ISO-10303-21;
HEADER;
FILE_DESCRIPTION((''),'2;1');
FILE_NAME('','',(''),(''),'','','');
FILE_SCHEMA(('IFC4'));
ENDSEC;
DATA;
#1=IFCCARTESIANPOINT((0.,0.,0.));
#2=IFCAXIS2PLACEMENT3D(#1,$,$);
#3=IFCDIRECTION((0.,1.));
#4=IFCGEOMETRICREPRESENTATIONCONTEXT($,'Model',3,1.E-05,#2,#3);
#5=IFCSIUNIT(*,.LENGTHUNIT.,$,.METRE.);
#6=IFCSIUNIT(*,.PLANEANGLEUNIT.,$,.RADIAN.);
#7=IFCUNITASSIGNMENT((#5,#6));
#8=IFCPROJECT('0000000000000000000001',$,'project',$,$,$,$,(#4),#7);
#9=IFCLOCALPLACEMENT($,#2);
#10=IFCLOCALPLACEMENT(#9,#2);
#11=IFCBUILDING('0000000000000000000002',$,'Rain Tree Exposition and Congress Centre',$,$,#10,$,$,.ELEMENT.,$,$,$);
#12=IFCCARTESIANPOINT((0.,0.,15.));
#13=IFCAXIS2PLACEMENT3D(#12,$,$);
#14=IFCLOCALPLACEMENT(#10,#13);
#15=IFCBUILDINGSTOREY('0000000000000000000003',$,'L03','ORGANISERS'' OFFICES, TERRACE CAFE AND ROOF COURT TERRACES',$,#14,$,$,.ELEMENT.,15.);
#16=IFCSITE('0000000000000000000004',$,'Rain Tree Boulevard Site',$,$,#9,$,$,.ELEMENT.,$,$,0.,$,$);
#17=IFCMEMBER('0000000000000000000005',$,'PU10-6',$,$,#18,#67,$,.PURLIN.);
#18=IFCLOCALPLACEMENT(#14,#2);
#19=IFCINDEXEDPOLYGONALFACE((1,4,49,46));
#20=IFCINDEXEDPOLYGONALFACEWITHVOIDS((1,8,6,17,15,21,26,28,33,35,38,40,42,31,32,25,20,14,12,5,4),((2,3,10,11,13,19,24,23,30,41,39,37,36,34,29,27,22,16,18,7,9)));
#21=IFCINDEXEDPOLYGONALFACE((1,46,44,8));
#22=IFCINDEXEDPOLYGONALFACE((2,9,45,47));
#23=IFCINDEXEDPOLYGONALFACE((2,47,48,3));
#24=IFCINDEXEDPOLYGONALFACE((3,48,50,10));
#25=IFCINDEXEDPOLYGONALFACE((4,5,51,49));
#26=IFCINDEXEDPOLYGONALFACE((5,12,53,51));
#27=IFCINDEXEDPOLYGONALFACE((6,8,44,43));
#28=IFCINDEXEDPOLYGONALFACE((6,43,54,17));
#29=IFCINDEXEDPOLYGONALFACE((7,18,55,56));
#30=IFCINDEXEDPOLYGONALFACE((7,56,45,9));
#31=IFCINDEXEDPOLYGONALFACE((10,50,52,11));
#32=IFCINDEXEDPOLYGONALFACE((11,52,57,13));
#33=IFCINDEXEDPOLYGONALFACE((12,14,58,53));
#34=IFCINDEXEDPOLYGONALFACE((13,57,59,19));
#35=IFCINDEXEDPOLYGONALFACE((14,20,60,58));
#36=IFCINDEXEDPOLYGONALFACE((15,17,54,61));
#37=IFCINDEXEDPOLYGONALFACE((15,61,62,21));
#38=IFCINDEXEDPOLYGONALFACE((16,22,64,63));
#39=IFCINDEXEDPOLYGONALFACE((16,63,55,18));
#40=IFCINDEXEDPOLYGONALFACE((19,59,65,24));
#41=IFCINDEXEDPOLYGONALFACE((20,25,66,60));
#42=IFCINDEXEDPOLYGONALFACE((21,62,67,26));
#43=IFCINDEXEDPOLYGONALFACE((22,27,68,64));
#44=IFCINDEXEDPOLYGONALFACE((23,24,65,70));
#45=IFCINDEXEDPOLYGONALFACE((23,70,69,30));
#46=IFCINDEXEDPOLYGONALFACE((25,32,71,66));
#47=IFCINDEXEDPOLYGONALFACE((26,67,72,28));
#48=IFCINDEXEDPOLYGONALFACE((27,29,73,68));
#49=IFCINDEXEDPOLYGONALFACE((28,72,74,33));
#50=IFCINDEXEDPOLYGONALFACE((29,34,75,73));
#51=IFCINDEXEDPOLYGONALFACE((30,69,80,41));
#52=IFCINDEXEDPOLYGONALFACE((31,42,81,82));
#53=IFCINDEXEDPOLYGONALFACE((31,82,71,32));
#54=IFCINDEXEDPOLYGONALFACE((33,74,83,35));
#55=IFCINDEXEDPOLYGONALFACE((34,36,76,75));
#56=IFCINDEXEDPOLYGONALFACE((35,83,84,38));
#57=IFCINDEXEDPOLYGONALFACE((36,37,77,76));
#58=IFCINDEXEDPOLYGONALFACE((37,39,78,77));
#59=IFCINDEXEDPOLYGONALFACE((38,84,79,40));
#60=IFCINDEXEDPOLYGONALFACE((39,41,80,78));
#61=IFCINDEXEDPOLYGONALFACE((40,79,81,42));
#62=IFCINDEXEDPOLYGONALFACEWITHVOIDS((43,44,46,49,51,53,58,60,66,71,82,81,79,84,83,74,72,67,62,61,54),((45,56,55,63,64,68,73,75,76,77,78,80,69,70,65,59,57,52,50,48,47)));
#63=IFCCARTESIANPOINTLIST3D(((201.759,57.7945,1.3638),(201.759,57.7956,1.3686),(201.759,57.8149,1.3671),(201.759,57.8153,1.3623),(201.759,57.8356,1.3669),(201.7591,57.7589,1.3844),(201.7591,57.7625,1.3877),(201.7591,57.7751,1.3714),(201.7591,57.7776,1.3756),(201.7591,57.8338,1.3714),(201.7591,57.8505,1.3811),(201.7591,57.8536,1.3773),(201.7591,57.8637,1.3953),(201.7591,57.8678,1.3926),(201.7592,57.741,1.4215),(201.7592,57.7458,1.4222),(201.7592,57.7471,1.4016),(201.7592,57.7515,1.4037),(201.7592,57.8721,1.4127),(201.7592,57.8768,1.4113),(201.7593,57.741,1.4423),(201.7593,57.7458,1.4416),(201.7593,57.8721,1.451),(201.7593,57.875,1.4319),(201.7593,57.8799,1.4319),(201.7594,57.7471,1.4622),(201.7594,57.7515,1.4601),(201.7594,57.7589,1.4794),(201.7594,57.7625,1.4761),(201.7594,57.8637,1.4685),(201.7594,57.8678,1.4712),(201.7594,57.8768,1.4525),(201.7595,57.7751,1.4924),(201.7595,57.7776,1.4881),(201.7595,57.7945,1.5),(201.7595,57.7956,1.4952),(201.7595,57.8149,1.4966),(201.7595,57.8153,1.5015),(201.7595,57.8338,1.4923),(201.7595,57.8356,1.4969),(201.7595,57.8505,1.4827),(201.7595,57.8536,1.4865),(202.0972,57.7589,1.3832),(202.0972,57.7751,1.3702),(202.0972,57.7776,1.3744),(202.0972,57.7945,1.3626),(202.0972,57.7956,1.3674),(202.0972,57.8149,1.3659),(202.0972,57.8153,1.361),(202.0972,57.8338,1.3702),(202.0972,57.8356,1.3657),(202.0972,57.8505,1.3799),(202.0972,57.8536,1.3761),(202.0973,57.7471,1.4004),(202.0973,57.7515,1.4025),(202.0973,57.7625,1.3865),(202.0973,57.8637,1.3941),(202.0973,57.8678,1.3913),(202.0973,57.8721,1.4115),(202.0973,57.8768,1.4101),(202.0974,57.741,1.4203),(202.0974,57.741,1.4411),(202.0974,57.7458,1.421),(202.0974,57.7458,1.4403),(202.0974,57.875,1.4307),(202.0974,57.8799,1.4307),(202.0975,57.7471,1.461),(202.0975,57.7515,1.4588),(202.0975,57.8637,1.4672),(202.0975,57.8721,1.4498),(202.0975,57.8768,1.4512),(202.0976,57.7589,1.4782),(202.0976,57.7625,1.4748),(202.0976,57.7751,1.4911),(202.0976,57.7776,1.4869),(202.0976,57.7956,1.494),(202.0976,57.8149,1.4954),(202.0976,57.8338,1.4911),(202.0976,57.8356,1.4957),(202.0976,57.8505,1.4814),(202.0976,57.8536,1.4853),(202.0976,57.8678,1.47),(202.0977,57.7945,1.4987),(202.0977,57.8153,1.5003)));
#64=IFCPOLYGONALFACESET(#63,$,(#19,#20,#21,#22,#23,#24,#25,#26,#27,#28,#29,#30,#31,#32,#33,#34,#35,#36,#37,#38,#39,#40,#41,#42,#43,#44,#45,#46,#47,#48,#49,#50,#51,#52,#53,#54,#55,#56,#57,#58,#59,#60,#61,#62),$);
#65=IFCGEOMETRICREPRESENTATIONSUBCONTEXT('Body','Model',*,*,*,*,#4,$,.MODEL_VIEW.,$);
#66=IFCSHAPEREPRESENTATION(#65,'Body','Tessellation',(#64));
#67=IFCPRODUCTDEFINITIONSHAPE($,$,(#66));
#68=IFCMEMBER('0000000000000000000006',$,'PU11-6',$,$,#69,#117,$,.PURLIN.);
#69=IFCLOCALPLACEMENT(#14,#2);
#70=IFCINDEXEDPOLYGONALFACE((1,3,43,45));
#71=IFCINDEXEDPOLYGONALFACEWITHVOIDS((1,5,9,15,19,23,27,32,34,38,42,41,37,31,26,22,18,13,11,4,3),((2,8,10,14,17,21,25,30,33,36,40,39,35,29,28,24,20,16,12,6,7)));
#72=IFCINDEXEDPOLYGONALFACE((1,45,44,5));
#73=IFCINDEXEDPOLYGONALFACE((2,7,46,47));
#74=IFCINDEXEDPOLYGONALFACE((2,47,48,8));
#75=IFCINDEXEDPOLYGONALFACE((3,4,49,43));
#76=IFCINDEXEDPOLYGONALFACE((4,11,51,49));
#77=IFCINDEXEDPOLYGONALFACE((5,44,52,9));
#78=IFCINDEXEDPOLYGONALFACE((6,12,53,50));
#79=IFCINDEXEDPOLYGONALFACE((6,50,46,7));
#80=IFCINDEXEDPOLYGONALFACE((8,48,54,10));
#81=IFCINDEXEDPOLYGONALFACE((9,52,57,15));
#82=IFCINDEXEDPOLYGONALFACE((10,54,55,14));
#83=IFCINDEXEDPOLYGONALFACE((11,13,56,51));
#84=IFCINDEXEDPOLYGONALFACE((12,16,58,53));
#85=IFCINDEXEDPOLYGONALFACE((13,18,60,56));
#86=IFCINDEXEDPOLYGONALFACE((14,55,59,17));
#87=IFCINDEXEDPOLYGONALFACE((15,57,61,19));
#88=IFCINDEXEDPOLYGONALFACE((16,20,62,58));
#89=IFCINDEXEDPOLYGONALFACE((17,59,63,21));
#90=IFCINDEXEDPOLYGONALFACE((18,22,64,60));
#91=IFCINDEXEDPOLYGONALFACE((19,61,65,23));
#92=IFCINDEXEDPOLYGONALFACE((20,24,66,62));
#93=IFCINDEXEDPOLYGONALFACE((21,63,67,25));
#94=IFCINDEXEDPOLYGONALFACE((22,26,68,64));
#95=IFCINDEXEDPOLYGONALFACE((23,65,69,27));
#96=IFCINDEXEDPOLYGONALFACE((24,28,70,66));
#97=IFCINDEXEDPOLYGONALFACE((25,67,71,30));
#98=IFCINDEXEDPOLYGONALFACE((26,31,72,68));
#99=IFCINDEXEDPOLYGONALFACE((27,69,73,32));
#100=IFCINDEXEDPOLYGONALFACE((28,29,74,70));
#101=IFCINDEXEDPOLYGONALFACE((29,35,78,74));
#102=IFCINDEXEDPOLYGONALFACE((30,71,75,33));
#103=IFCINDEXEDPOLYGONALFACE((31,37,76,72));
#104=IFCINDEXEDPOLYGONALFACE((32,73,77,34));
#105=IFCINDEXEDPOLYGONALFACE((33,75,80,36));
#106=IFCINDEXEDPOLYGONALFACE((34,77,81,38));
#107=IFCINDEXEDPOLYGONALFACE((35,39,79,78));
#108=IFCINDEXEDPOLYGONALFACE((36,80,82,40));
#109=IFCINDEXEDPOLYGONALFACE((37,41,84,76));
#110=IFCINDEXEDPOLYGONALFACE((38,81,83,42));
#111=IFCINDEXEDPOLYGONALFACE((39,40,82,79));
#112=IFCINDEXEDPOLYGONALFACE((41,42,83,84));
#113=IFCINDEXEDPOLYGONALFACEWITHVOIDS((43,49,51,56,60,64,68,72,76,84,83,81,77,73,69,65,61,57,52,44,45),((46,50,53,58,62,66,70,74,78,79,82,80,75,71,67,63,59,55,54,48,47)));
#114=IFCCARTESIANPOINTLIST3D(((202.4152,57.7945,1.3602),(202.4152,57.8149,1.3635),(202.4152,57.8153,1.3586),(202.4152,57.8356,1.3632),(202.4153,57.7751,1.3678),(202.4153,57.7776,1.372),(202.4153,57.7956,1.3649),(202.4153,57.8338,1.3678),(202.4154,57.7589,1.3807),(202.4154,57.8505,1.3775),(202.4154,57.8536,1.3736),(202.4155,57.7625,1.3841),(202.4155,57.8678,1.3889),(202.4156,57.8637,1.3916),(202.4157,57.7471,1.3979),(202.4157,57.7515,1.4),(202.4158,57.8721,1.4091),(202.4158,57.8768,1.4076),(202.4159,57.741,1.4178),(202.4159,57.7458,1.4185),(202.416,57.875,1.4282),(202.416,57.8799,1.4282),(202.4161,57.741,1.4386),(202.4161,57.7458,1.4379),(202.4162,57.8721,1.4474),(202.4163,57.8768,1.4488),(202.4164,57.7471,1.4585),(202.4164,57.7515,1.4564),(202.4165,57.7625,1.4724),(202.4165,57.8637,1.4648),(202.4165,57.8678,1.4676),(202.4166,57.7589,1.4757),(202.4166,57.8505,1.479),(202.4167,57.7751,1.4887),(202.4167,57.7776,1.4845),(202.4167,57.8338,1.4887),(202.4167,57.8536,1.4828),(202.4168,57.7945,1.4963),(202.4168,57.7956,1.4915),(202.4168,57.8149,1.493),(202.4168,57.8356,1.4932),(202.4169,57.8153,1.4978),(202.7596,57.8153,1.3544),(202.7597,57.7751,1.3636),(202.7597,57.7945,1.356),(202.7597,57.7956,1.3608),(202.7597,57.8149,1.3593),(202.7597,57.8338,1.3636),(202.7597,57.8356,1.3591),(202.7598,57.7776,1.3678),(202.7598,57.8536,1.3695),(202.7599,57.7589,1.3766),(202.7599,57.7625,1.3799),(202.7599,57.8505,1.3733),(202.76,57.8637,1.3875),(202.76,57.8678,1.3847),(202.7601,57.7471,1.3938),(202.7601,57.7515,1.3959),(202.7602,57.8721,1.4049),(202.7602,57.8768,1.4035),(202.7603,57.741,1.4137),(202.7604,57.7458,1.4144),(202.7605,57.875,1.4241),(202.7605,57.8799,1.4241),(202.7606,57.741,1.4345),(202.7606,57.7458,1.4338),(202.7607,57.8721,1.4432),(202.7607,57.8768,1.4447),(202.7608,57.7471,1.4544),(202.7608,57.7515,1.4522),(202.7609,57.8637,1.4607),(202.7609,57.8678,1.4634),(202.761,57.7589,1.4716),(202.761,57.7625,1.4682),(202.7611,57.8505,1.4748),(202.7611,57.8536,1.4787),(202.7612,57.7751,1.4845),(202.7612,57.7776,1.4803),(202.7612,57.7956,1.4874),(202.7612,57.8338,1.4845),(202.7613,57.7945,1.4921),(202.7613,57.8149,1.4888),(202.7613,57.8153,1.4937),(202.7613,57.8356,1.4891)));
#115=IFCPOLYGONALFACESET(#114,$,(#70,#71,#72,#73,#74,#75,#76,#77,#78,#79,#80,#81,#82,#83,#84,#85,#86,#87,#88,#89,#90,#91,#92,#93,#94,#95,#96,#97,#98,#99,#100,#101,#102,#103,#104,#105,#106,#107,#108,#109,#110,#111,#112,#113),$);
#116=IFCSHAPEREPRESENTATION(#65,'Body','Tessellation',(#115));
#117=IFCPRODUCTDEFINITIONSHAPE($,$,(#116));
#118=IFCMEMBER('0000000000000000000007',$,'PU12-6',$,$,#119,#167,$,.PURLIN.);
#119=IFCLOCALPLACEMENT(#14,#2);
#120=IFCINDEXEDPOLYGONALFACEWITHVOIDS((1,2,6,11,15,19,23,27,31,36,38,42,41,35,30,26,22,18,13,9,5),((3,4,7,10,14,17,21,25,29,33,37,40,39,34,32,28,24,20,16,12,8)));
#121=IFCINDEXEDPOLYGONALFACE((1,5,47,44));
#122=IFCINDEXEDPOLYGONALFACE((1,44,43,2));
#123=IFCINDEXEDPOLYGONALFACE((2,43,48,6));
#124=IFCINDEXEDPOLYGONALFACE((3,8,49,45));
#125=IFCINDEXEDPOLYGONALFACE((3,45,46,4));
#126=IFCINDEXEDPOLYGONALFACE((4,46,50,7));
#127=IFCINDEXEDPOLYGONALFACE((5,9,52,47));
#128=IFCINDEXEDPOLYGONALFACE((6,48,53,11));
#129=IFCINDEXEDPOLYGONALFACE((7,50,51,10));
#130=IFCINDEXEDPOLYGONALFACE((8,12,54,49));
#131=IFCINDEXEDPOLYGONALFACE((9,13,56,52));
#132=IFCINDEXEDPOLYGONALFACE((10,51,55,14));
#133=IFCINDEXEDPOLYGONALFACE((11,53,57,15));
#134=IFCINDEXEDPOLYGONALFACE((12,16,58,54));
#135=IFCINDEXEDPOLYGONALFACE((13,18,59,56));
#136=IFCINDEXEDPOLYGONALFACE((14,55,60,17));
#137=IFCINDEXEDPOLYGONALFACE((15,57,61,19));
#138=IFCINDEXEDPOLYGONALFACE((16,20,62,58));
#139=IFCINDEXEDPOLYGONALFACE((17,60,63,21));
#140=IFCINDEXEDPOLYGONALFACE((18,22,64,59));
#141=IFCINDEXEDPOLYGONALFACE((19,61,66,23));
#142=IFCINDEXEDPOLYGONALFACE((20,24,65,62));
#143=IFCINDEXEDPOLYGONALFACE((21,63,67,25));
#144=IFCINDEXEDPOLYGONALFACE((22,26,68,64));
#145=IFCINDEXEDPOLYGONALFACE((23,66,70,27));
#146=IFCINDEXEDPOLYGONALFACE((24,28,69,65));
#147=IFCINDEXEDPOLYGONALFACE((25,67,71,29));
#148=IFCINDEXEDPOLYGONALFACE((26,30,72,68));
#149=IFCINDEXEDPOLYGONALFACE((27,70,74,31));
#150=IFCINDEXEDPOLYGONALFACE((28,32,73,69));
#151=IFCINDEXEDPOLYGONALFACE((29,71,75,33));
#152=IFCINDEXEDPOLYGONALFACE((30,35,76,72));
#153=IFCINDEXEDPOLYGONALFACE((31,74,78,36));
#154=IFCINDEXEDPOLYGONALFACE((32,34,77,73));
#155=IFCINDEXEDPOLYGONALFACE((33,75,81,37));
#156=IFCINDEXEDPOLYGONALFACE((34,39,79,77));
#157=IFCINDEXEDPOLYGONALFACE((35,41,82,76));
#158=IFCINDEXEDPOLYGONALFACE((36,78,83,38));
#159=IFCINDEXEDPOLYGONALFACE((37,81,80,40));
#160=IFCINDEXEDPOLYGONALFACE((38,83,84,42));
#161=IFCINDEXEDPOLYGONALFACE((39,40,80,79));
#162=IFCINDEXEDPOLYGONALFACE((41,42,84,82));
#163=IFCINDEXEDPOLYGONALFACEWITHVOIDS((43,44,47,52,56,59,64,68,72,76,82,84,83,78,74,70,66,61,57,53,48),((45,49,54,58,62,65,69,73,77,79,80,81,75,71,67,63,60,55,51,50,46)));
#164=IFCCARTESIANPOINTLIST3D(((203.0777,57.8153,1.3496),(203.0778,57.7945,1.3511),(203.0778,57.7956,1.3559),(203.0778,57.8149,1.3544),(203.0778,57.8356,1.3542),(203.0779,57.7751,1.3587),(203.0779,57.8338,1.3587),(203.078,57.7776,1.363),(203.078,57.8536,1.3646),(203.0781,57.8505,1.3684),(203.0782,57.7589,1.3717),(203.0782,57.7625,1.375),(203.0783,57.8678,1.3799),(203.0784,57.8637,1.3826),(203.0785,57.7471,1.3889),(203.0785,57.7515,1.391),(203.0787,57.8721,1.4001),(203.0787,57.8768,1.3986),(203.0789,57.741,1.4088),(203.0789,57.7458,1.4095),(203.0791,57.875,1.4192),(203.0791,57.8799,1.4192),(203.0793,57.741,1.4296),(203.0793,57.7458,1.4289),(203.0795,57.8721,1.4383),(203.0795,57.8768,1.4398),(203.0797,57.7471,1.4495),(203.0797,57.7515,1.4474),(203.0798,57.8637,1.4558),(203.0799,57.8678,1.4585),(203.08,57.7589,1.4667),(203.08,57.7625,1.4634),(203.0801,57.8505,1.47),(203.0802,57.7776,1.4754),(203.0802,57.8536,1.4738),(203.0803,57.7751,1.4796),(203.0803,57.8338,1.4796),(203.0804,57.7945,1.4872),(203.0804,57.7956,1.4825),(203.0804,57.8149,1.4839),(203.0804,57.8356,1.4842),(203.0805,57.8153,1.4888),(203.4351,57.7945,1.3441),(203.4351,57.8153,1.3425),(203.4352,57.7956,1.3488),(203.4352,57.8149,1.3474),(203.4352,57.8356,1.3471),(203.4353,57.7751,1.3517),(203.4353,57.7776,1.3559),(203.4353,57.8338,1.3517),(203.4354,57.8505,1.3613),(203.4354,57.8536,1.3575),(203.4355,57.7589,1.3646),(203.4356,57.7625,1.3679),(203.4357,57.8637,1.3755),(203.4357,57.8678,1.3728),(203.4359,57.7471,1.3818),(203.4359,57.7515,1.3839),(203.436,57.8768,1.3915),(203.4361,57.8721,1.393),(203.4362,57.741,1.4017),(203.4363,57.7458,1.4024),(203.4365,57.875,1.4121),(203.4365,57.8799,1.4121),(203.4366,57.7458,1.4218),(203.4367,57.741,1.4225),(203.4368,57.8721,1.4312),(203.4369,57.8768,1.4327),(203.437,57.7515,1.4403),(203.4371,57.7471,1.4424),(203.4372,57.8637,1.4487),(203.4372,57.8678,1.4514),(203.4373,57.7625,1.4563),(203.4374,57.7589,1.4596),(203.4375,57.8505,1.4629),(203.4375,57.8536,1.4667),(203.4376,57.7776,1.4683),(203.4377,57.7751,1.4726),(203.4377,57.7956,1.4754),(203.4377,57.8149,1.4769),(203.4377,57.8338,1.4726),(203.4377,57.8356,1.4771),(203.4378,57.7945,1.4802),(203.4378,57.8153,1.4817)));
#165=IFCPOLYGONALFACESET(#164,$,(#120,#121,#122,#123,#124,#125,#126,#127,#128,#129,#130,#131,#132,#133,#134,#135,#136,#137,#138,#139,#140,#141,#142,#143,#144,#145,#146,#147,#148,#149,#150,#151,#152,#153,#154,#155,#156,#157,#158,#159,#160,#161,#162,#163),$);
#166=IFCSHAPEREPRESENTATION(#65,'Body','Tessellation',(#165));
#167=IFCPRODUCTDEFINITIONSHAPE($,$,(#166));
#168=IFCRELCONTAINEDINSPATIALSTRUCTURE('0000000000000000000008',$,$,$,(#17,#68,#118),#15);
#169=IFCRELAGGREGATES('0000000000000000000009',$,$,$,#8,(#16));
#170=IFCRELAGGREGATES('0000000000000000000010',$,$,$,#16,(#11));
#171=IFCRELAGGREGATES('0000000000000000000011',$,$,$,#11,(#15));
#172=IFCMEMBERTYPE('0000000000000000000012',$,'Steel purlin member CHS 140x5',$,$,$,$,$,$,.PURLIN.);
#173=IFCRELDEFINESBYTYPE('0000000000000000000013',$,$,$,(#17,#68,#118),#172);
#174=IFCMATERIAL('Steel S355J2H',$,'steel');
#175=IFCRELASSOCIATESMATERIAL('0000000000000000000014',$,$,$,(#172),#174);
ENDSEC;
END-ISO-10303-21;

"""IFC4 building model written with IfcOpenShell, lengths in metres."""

from ifc_helpers import new_model, si_unit, direction, frame, origin, origin_2d, place, context, subcontext, project, spatial, hollow_circle, extrude, material, material_profile, profile_set, type_object, element, save


model = new_model("IFC4")

# Units and contexts
model_context = context("Model", 3, precision=1e-05, world=origin(), true_north=direction((0.0, 1.0)))
body_context = subcontext(model_context, "Body", "Model", "MODEL_VIEW")
ifc_project = project(units=[si_unit("LENGTHUNIT", "METRE"), si_unit("PLANEANGLEUNIT", "RADIAN")], contexts=[model_context])

# Site, building, storey
site_placement = place(None, origin())
site = spatial("IfcSite", under=ifc_project, at=site_placement, Name="Rain Tree Boulevard Site", CompositionType="ELEMENT", RefElevation=0.0)
building_placement = place(site_placement, origin())
building = spatial("IfcBuilding", under=site, at=building_placement, Name="Rain Tree Exposition and Congress Centre", CompositionType="ELEMENT")
storey_placement = place(building_placement, frame((0.0, 0.0, 15.0)))
storey = spatial("IfcBuildingStorey", under=building, at=storey_placement, Name="L03", Description="ORGANISERS' OFFICES, TERRACE CAFE AND ROOF COURT TERRACES", CompositionType="ELEMENT", Elevation=15.0)

# Members
ifc_material_1 = material(Name="Steel S355J2H", Category="steel")
ifc_material_profile = material_profile(ifc_material_1, hollow_circle(Radius=0.0698, WallThickness=0.0049, at=origin_2d()), Name="CHS 140x5")
ifc_profile_set = profile_set([ifc_material_profile], Name="Steel S355J2H")
member_type = type_object("IfcMemberType", Name="Steel purlin member CHS 140x5", PredefinedType="PURLIN", material=ifc_profile_set)
member_1_placement = place(storey_placement, frame((201.7593, 57.8101, 1.4319), z_axis=(0.999993, 0.0, -0.00361), x_axis=(0.0, 1.0, 0.0)))
element("IfcMember", 1, at=member_1_placement, inside=storey, type_object=member_type, Name="PU10-6", PredefinedType="PURLIN", context=body_context, shape_type="SweptSolid", body=[
    extrude(hollow_circle(Radius=0.0698, WallThickness=0.0049, at=origin_2d()), origin(), (0.0, 0.0, 1.0), 0.3381),
])
member_2_placement = place(storey_placement, frame((202.416, 57.8101, 1.4282), z_axis=(0.999927, 0.0, -0.012047), x_axis=(0.0, 1.0, 0.0)))
element("IfcMember", 2, at=member_2_placement, inside=storey, type_object=member_type, Name="PU11-6", PredefinedType="PURLIN", context=body_context, shape_type="SweptSolid", body=[
    extrude(hollow_circle(Radius=0.0698, WallThickness=0.0049, at=origin_2d()), origin(), (0.0, 0.0, 1.0), 0.3445),
])
member_3_placement = place(storey_placement, frame((203.0791, 57.8101, 1.4192), z_axis=(0.999804, 0.0, -0.019805), x_axis=(0.0, 1.0, 0.0)))
element("IfcMember", 3, at=member_3_placement, inside=storey, type_object=member_type, Name="PU12-6", PredefinedType="PURLIN", context=body_context, shape_type="SweptSolid", body=[
    extrude(hollow_circle(Radius=0.0698, WallThickness=0.0049, at=origin_2d()), origin(), (0.0, 0.0, 1.0), 0.3574),
])

save(model, "model.ifc")
